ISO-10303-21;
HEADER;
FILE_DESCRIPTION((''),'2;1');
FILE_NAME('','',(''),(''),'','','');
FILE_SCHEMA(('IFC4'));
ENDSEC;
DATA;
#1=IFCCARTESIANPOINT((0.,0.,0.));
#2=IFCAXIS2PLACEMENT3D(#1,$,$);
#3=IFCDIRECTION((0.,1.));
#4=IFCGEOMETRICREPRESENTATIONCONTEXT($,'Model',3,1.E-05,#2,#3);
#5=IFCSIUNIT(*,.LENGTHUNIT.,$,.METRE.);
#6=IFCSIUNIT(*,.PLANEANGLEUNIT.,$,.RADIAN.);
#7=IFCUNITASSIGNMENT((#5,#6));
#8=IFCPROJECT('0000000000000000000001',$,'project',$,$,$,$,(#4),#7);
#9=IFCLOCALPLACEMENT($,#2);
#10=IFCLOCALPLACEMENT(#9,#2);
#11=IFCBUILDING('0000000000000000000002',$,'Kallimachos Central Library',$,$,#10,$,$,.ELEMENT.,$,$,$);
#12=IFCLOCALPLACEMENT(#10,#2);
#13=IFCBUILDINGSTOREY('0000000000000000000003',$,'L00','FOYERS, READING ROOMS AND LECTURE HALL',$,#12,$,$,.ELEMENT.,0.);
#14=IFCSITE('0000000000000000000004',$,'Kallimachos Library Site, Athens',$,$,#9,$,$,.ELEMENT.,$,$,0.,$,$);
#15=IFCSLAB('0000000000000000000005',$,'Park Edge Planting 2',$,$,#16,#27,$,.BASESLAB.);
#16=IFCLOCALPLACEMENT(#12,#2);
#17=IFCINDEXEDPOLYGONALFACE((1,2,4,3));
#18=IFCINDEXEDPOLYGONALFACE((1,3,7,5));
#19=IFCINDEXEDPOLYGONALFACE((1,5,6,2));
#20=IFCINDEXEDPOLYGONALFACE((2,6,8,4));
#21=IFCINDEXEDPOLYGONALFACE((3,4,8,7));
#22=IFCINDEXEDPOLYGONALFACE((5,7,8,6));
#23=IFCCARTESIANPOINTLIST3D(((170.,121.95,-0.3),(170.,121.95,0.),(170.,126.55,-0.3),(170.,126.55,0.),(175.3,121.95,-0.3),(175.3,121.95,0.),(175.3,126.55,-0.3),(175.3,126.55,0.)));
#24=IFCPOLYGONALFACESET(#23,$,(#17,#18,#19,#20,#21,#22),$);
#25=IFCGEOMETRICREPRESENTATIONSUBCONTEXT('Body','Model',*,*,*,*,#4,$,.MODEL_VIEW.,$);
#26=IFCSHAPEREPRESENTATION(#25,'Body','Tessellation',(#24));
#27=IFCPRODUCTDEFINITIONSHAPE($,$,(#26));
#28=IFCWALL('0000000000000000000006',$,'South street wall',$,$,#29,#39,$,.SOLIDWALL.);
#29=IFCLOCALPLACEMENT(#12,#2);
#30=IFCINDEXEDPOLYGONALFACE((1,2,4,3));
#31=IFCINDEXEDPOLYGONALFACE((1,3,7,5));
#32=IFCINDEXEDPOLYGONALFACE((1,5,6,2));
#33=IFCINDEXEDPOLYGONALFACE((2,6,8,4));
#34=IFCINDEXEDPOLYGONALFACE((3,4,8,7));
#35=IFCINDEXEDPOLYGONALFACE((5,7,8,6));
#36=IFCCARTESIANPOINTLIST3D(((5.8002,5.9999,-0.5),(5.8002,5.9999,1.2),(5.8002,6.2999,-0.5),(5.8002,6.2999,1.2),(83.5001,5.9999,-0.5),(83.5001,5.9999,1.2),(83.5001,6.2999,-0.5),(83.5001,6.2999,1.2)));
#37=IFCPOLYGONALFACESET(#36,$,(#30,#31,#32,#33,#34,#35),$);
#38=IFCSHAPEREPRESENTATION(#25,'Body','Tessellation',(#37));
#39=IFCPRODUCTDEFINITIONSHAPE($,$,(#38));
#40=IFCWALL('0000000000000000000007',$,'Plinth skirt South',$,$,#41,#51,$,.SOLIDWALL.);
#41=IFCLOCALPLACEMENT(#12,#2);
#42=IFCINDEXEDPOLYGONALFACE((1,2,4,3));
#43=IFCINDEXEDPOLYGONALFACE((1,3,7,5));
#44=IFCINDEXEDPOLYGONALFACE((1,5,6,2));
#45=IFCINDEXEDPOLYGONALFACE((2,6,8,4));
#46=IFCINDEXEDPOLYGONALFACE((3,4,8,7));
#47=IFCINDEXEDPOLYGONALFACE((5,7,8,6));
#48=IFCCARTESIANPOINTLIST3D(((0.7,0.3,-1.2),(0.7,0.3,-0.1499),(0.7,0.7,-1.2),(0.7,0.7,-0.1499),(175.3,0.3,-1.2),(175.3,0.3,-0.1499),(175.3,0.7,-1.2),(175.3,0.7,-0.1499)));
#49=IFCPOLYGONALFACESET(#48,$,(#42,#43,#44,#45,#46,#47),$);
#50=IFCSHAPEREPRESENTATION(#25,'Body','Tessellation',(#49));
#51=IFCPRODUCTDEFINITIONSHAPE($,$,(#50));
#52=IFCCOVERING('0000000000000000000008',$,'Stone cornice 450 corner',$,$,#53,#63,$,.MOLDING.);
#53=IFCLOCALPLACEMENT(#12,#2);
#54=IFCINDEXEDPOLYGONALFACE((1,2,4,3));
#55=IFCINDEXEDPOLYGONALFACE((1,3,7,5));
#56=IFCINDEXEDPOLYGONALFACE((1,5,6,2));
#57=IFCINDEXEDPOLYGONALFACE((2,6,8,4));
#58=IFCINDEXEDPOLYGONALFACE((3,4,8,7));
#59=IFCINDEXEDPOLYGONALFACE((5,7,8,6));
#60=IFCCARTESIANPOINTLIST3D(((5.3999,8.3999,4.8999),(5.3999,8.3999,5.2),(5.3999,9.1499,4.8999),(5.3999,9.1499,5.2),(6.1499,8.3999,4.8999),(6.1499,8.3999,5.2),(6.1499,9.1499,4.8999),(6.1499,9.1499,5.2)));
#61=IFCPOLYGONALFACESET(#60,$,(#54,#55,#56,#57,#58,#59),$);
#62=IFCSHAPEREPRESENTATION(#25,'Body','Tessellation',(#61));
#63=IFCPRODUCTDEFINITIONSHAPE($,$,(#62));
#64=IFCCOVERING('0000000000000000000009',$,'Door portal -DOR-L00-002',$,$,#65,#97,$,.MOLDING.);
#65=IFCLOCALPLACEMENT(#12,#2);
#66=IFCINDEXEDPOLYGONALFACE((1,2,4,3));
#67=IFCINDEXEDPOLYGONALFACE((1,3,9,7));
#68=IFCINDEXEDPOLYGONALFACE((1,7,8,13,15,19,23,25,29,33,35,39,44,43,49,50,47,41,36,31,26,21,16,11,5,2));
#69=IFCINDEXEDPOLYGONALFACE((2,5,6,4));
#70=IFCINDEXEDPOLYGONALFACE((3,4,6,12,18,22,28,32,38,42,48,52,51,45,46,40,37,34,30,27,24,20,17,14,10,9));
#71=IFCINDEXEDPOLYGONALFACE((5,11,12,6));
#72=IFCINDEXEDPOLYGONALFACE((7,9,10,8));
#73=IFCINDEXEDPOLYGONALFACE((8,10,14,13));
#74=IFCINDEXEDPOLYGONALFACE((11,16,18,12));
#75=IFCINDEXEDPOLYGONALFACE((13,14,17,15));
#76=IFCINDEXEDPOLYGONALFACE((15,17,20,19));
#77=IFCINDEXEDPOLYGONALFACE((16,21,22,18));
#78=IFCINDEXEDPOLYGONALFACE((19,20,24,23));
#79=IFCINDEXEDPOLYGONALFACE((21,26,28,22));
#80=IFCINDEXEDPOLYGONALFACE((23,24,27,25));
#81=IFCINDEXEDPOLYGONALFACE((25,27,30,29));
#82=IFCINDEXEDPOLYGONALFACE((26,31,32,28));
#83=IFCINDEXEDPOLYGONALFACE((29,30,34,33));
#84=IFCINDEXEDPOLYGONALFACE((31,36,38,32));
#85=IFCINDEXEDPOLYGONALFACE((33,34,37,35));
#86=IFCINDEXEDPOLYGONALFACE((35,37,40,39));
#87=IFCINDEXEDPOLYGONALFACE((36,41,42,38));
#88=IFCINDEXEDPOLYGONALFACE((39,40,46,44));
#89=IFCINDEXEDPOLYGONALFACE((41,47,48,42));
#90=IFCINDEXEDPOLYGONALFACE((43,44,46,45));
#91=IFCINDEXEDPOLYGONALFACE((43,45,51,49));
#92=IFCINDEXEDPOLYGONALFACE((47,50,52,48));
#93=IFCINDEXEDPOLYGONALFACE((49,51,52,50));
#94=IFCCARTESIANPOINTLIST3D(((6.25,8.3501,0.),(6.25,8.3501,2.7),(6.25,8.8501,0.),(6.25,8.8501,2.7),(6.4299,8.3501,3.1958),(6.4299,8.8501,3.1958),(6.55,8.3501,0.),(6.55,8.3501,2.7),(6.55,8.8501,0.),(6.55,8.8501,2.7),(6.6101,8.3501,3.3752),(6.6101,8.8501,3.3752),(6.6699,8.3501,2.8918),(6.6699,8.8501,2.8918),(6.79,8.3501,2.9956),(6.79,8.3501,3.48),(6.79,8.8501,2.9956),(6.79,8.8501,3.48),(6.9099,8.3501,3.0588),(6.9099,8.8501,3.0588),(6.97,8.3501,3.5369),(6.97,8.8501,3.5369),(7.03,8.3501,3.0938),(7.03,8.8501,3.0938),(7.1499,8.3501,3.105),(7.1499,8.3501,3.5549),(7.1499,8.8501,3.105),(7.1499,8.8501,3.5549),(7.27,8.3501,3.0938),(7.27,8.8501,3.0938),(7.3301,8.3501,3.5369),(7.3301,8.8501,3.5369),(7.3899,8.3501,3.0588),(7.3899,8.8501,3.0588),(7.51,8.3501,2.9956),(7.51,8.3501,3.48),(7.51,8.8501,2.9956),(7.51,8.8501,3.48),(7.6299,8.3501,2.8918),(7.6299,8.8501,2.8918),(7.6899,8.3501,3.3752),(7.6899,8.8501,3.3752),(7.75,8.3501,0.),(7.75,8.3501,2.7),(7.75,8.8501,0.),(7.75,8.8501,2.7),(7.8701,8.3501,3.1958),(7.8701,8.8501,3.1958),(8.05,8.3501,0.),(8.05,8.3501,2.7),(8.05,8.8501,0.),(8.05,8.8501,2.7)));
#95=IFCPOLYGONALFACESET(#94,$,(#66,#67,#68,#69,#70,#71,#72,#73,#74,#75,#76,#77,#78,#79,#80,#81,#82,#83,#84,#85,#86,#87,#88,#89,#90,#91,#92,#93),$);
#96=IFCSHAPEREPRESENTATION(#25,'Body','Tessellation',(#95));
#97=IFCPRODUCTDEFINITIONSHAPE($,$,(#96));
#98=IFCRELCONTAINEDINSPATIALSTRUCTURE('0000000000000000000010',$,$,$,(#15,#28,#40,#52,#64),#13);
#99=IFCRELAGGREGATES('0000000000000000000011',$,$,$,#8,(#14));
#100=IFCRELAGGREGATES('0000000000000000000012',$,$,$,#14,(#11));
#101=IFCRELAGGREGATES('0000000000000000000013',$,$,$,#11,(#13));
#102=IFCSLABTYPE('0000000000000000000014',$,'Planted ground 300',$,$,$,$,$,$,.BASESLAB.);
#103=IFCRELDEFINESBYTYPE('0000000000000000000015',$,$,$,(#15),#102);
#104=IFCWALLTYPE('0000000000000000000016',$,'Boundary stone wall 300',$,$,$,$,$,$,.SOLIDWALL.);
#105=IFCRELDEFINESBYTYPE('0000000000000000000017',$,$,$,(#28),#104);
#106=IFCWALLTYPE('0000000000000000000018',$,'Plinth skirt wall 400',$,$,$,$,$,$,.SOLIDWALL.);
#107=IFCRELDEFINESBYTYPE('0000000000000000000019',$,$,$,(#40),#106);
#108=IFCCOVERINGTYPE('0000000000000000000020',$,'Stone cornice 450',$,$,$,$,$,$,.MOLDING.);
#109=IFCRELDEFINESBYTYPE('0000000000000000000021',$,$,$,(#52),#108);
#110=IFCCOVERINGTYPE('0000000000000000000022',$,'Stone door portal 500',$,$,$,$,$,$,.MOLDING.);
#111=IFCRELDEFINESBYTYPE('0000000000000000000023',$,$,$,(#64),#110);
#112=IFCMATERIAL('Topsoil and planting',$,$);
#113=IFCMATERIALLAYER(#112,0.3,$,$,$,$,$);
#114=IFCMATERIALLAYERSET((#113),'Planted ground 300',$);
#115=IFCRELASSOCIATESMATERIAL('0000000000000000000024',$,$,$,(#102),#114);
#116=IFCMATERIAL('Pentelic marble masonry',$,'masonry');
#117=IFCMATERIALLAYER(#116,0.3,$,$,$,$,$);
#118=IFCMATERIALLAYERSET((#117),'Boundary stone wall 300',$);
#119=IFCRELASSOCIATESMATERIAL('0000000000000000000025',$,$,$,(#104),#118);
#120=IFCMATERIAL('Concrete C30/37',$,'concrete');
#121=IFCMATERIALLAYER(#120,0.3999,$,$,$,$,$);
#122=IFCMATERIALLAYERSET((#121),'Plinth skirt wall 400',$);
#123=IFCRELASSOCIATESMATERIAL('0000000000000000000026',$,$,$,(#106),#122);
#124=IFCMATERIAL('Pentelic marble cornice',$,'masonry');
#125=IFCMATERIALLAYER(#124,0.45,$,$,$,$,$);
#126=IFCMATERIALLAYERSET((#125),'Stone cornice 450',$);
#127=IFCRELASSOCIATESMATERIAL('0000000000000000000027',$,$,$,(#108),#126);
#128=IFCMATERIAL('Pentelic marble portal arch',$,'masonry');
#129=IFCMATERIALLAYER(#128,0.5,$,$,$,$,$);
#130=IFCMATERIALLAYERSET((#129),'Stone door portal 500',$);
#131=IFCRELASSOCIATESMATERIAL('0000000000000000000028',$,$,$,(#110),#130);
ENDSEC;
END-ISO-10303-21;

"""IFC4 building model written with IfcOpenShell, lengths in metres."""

from ifc_helpers import new_model, si_unit, direction, frame, frame_2d, origin, origin_2d, place, context, subcontext, project, spatial, polyline, rectangle, outline, extrude, material, layer, layer_set, type_object, element, save


model = new_model("IFC4")

# Units and contexts
model_context = context("Model", 3, precision=1e-05, world=origin(), true_north=direction((0.0, 1.0)))
body_context = subcontext(model_context, "Body", "Model", "MODEL_VIEW")
ifc_project = project(units=[si_unit("LENGTHUNIT", "METRE"), si_unit("PLANEANGLEUNIT", "RADIAN")], contexts=[model_context])

# Site, building, storey
site_placement = place(None, origin())
site = spatial("IfcSite", under=ifc_project, at=site_placement, Name="Kallimachos Library Site, Athens", CompositionType="ELEMENT", RefElevation=0.0)
building_placement = place(site_placement, origin())
building = spatial("IfcBuilding", under=site, at=building_placement, Name="Kallimachos Central Library", CompositionType="ELEMENT")
storey_placement = place(building_placement, origin())
storey = spatial("IfcBuildingStorey", under=building, at=storey_placement, Name="L00", Description="FOYERS, READING ROOMS AND LECTURE HALL", CompositionType="ELEMENT", Elevation=0.0)

# Slab
ifc_material_1 = material(Name="Topsoil and planting")
ifc_layer_1 = layer(ifc_material_1, 0.3)
ifc_layer_set_1 = layer_set([ifc_layer_1], Name="Planted ground 300")
slab_type = type_object("IfcSlabType", Name="Planted ground 300", PredefinedType="BASESLAB", material=ifc_layer_set_1)
slab_1_placement = place(storey_placement, frame((0.0, 0.0, -0.3)))
element("IfcSlab", 1, at=slab_1_placement, inside=storey, type_object=slab_type, Name="Park Edge Planting 2", PredefinedType="BASESLAB", context=body_context, shape_type="SweptSolid", body=[
    extrude(outline(polyline([(175.3, 126.55), (175.3, 121.95), (170.0, 121.95), (170.0, 126.55), (175.3, 126.55)])), origin(), (0.0, 0.0, 1.0), 0.3),
])

# Walls
ifc_material_2 = material(Name="Pentelic marble masonry", Category="masonry")
ifc_layer_2 = layer(ifc_material_2, 0.3)
ifc_layer_set_2 = layer_set([ifc_layer_2], Name="Boundary stone wall 300")
wall_type_1 = type_object("IfcWallType", Name="Boundary stone wall 300", PredefinedType="SOLIDWALL", material=ifc_layer_set_2)
wall_1_placement = place(storey_placement, frame((5.8, 6.1499, -0.5), z_axis=(0.0, 0.0, 1.0), x_axis=(1.0, 0.0, 0.0)))
element("IfcWall", 2, at=wall_1_placement, inside=storey, type_object=wall_type_1, Name="South street wall", PredefinedType="SOLIDWALL", context=body_context, shape_type="SweptSolid", body=[
    extrude(rectangle(XDim=77.7, YDim=0.3, at=frame_2d((38.8501, 0.0))), origin(), (0.0, 0.0, 1.0), 1.7),
])
ifc_material_3 = material(Name="Concrete C30/37", Category="concrete")
ifc_layer_3 = layer(ifc_material_3, 0.3999)
ifc_layer_set_3 = layer_set([ifc_layer_3], Name="Plinth skirt wall 400")
wall_type_2 = type_object("IfcWallType", Name="Plinth skirt wall 400", PredefinedType="SOLIDWALL", material=ifc_layer_set_3)
wall_2_placement = place(storey_placement, frame((0.7, 0.5, -1.2), z_axis=(0.0, 0.0, 1.0), x_axis=(1.0, 0.0, 0.0)))
element("IfcWall", 3, at=wall_2_placement, inside=storey, type_object=wall_type_2, Name="Plinth skirt South", PredefinedType="SOLIDWALL", context=body_context, shape_type="SweptSolid", body=[
    extrude(rectangle(XDim=174.6001, YDim=0.3999, at=frame_2d((87.3, 0.0))), origin(), (0.0, 0.0, 1.0), 1.05),
])

# Coverings
ifc_material_4 = material(Name="Pentelic marble cornice", Category="masonry")
ifc_layer_4 = layer(ifc_material_4, 0.45)
ifc_layer_set_4 = layer_set([ifc_layer_4], Name="Stone cornice 450")
covering_type_1 = type_object("IfcCoveringType", Name="Stone cornice 450", PredefinedType="MOLDING", material=ifc_layer_set_4)
covering_1_placement = place(storey_placement, frame((5.7749, 8.7749, 4.8999), z_axis=(0.0, 0.0, 1.0), x_axis=(1.0, 0.0, 0.0)))
element("IfcCovering", 4, at=covering_1_placement, inside=storey, type_object=covering_type_1, Name="Stone cornice 450 corner", PredefinedType="MOLDING", context=body_context, shape_type="SweptSolid", body=[
    extrude(rectangle(XDim=0.75, YDim=0.75, at=origin_2d()), origin(), (0.0, 0.0, 1.0), 0.3),
])
ifc_material_5 = material(Name="Pentelic marble portal arch", Category="masonry")
ifc_layer_5 = layer(ifc_material_5, 0.5)
ifc_layer_set_5 = layer_set([ifc_layer_5], Name="Stone door portal 500")
covering_type_2 = type_object("IfcCoveringType", Name="Stone door portal 500", PredefinedType="MOLDING", material=ifc_layer_set_5)
covering_2_placement = place(storey_placement, frame((6.55, 8.3501, 0.0), z_axis=(0.0, -1.0, 0.0), x_axis=(0.0, 0.0, 1.0)))
element("IfcCovering", 5, at=covering_2_placement, inside=storey, type_object=covering_type_2, Name="Door portal -DOR-L00-002", PredefinedType="MOLDING", context=body_context, shape_type="SweptSolid", body=[
    extrude(outline(polyline([(0.0, 0.0), (2.7, 0.0), (2.8918, -0.1199), (2.9956, -0.24), (3.0588, -0.3599), (3.0938, -0.48), (3.105, -0.5999), (3.0938, -0.72), (3.0588, -0.8398), (2.9956, -0.96), (2.8918, -1.0798), (2.7, -1.2), (0.0, -1.2), (0.0, -1.5), (2.7, -1.5), (3.1958, -1.3201), (3.3752, -1.1399), (3.48, -0.96), (3.5369, -0.78), (3.5549, -0.5999), (3.5369, -0.4199), (3.48, -0.24), (3.3752, -0.0601), (3.1958, 0.1201), (2.7, 0.3), (0.0, 0.3), (0.0, 0.0)])), origin(), (0.0, 0.0, -1.0), 0.5),
])

save(model, "model.ifc")
